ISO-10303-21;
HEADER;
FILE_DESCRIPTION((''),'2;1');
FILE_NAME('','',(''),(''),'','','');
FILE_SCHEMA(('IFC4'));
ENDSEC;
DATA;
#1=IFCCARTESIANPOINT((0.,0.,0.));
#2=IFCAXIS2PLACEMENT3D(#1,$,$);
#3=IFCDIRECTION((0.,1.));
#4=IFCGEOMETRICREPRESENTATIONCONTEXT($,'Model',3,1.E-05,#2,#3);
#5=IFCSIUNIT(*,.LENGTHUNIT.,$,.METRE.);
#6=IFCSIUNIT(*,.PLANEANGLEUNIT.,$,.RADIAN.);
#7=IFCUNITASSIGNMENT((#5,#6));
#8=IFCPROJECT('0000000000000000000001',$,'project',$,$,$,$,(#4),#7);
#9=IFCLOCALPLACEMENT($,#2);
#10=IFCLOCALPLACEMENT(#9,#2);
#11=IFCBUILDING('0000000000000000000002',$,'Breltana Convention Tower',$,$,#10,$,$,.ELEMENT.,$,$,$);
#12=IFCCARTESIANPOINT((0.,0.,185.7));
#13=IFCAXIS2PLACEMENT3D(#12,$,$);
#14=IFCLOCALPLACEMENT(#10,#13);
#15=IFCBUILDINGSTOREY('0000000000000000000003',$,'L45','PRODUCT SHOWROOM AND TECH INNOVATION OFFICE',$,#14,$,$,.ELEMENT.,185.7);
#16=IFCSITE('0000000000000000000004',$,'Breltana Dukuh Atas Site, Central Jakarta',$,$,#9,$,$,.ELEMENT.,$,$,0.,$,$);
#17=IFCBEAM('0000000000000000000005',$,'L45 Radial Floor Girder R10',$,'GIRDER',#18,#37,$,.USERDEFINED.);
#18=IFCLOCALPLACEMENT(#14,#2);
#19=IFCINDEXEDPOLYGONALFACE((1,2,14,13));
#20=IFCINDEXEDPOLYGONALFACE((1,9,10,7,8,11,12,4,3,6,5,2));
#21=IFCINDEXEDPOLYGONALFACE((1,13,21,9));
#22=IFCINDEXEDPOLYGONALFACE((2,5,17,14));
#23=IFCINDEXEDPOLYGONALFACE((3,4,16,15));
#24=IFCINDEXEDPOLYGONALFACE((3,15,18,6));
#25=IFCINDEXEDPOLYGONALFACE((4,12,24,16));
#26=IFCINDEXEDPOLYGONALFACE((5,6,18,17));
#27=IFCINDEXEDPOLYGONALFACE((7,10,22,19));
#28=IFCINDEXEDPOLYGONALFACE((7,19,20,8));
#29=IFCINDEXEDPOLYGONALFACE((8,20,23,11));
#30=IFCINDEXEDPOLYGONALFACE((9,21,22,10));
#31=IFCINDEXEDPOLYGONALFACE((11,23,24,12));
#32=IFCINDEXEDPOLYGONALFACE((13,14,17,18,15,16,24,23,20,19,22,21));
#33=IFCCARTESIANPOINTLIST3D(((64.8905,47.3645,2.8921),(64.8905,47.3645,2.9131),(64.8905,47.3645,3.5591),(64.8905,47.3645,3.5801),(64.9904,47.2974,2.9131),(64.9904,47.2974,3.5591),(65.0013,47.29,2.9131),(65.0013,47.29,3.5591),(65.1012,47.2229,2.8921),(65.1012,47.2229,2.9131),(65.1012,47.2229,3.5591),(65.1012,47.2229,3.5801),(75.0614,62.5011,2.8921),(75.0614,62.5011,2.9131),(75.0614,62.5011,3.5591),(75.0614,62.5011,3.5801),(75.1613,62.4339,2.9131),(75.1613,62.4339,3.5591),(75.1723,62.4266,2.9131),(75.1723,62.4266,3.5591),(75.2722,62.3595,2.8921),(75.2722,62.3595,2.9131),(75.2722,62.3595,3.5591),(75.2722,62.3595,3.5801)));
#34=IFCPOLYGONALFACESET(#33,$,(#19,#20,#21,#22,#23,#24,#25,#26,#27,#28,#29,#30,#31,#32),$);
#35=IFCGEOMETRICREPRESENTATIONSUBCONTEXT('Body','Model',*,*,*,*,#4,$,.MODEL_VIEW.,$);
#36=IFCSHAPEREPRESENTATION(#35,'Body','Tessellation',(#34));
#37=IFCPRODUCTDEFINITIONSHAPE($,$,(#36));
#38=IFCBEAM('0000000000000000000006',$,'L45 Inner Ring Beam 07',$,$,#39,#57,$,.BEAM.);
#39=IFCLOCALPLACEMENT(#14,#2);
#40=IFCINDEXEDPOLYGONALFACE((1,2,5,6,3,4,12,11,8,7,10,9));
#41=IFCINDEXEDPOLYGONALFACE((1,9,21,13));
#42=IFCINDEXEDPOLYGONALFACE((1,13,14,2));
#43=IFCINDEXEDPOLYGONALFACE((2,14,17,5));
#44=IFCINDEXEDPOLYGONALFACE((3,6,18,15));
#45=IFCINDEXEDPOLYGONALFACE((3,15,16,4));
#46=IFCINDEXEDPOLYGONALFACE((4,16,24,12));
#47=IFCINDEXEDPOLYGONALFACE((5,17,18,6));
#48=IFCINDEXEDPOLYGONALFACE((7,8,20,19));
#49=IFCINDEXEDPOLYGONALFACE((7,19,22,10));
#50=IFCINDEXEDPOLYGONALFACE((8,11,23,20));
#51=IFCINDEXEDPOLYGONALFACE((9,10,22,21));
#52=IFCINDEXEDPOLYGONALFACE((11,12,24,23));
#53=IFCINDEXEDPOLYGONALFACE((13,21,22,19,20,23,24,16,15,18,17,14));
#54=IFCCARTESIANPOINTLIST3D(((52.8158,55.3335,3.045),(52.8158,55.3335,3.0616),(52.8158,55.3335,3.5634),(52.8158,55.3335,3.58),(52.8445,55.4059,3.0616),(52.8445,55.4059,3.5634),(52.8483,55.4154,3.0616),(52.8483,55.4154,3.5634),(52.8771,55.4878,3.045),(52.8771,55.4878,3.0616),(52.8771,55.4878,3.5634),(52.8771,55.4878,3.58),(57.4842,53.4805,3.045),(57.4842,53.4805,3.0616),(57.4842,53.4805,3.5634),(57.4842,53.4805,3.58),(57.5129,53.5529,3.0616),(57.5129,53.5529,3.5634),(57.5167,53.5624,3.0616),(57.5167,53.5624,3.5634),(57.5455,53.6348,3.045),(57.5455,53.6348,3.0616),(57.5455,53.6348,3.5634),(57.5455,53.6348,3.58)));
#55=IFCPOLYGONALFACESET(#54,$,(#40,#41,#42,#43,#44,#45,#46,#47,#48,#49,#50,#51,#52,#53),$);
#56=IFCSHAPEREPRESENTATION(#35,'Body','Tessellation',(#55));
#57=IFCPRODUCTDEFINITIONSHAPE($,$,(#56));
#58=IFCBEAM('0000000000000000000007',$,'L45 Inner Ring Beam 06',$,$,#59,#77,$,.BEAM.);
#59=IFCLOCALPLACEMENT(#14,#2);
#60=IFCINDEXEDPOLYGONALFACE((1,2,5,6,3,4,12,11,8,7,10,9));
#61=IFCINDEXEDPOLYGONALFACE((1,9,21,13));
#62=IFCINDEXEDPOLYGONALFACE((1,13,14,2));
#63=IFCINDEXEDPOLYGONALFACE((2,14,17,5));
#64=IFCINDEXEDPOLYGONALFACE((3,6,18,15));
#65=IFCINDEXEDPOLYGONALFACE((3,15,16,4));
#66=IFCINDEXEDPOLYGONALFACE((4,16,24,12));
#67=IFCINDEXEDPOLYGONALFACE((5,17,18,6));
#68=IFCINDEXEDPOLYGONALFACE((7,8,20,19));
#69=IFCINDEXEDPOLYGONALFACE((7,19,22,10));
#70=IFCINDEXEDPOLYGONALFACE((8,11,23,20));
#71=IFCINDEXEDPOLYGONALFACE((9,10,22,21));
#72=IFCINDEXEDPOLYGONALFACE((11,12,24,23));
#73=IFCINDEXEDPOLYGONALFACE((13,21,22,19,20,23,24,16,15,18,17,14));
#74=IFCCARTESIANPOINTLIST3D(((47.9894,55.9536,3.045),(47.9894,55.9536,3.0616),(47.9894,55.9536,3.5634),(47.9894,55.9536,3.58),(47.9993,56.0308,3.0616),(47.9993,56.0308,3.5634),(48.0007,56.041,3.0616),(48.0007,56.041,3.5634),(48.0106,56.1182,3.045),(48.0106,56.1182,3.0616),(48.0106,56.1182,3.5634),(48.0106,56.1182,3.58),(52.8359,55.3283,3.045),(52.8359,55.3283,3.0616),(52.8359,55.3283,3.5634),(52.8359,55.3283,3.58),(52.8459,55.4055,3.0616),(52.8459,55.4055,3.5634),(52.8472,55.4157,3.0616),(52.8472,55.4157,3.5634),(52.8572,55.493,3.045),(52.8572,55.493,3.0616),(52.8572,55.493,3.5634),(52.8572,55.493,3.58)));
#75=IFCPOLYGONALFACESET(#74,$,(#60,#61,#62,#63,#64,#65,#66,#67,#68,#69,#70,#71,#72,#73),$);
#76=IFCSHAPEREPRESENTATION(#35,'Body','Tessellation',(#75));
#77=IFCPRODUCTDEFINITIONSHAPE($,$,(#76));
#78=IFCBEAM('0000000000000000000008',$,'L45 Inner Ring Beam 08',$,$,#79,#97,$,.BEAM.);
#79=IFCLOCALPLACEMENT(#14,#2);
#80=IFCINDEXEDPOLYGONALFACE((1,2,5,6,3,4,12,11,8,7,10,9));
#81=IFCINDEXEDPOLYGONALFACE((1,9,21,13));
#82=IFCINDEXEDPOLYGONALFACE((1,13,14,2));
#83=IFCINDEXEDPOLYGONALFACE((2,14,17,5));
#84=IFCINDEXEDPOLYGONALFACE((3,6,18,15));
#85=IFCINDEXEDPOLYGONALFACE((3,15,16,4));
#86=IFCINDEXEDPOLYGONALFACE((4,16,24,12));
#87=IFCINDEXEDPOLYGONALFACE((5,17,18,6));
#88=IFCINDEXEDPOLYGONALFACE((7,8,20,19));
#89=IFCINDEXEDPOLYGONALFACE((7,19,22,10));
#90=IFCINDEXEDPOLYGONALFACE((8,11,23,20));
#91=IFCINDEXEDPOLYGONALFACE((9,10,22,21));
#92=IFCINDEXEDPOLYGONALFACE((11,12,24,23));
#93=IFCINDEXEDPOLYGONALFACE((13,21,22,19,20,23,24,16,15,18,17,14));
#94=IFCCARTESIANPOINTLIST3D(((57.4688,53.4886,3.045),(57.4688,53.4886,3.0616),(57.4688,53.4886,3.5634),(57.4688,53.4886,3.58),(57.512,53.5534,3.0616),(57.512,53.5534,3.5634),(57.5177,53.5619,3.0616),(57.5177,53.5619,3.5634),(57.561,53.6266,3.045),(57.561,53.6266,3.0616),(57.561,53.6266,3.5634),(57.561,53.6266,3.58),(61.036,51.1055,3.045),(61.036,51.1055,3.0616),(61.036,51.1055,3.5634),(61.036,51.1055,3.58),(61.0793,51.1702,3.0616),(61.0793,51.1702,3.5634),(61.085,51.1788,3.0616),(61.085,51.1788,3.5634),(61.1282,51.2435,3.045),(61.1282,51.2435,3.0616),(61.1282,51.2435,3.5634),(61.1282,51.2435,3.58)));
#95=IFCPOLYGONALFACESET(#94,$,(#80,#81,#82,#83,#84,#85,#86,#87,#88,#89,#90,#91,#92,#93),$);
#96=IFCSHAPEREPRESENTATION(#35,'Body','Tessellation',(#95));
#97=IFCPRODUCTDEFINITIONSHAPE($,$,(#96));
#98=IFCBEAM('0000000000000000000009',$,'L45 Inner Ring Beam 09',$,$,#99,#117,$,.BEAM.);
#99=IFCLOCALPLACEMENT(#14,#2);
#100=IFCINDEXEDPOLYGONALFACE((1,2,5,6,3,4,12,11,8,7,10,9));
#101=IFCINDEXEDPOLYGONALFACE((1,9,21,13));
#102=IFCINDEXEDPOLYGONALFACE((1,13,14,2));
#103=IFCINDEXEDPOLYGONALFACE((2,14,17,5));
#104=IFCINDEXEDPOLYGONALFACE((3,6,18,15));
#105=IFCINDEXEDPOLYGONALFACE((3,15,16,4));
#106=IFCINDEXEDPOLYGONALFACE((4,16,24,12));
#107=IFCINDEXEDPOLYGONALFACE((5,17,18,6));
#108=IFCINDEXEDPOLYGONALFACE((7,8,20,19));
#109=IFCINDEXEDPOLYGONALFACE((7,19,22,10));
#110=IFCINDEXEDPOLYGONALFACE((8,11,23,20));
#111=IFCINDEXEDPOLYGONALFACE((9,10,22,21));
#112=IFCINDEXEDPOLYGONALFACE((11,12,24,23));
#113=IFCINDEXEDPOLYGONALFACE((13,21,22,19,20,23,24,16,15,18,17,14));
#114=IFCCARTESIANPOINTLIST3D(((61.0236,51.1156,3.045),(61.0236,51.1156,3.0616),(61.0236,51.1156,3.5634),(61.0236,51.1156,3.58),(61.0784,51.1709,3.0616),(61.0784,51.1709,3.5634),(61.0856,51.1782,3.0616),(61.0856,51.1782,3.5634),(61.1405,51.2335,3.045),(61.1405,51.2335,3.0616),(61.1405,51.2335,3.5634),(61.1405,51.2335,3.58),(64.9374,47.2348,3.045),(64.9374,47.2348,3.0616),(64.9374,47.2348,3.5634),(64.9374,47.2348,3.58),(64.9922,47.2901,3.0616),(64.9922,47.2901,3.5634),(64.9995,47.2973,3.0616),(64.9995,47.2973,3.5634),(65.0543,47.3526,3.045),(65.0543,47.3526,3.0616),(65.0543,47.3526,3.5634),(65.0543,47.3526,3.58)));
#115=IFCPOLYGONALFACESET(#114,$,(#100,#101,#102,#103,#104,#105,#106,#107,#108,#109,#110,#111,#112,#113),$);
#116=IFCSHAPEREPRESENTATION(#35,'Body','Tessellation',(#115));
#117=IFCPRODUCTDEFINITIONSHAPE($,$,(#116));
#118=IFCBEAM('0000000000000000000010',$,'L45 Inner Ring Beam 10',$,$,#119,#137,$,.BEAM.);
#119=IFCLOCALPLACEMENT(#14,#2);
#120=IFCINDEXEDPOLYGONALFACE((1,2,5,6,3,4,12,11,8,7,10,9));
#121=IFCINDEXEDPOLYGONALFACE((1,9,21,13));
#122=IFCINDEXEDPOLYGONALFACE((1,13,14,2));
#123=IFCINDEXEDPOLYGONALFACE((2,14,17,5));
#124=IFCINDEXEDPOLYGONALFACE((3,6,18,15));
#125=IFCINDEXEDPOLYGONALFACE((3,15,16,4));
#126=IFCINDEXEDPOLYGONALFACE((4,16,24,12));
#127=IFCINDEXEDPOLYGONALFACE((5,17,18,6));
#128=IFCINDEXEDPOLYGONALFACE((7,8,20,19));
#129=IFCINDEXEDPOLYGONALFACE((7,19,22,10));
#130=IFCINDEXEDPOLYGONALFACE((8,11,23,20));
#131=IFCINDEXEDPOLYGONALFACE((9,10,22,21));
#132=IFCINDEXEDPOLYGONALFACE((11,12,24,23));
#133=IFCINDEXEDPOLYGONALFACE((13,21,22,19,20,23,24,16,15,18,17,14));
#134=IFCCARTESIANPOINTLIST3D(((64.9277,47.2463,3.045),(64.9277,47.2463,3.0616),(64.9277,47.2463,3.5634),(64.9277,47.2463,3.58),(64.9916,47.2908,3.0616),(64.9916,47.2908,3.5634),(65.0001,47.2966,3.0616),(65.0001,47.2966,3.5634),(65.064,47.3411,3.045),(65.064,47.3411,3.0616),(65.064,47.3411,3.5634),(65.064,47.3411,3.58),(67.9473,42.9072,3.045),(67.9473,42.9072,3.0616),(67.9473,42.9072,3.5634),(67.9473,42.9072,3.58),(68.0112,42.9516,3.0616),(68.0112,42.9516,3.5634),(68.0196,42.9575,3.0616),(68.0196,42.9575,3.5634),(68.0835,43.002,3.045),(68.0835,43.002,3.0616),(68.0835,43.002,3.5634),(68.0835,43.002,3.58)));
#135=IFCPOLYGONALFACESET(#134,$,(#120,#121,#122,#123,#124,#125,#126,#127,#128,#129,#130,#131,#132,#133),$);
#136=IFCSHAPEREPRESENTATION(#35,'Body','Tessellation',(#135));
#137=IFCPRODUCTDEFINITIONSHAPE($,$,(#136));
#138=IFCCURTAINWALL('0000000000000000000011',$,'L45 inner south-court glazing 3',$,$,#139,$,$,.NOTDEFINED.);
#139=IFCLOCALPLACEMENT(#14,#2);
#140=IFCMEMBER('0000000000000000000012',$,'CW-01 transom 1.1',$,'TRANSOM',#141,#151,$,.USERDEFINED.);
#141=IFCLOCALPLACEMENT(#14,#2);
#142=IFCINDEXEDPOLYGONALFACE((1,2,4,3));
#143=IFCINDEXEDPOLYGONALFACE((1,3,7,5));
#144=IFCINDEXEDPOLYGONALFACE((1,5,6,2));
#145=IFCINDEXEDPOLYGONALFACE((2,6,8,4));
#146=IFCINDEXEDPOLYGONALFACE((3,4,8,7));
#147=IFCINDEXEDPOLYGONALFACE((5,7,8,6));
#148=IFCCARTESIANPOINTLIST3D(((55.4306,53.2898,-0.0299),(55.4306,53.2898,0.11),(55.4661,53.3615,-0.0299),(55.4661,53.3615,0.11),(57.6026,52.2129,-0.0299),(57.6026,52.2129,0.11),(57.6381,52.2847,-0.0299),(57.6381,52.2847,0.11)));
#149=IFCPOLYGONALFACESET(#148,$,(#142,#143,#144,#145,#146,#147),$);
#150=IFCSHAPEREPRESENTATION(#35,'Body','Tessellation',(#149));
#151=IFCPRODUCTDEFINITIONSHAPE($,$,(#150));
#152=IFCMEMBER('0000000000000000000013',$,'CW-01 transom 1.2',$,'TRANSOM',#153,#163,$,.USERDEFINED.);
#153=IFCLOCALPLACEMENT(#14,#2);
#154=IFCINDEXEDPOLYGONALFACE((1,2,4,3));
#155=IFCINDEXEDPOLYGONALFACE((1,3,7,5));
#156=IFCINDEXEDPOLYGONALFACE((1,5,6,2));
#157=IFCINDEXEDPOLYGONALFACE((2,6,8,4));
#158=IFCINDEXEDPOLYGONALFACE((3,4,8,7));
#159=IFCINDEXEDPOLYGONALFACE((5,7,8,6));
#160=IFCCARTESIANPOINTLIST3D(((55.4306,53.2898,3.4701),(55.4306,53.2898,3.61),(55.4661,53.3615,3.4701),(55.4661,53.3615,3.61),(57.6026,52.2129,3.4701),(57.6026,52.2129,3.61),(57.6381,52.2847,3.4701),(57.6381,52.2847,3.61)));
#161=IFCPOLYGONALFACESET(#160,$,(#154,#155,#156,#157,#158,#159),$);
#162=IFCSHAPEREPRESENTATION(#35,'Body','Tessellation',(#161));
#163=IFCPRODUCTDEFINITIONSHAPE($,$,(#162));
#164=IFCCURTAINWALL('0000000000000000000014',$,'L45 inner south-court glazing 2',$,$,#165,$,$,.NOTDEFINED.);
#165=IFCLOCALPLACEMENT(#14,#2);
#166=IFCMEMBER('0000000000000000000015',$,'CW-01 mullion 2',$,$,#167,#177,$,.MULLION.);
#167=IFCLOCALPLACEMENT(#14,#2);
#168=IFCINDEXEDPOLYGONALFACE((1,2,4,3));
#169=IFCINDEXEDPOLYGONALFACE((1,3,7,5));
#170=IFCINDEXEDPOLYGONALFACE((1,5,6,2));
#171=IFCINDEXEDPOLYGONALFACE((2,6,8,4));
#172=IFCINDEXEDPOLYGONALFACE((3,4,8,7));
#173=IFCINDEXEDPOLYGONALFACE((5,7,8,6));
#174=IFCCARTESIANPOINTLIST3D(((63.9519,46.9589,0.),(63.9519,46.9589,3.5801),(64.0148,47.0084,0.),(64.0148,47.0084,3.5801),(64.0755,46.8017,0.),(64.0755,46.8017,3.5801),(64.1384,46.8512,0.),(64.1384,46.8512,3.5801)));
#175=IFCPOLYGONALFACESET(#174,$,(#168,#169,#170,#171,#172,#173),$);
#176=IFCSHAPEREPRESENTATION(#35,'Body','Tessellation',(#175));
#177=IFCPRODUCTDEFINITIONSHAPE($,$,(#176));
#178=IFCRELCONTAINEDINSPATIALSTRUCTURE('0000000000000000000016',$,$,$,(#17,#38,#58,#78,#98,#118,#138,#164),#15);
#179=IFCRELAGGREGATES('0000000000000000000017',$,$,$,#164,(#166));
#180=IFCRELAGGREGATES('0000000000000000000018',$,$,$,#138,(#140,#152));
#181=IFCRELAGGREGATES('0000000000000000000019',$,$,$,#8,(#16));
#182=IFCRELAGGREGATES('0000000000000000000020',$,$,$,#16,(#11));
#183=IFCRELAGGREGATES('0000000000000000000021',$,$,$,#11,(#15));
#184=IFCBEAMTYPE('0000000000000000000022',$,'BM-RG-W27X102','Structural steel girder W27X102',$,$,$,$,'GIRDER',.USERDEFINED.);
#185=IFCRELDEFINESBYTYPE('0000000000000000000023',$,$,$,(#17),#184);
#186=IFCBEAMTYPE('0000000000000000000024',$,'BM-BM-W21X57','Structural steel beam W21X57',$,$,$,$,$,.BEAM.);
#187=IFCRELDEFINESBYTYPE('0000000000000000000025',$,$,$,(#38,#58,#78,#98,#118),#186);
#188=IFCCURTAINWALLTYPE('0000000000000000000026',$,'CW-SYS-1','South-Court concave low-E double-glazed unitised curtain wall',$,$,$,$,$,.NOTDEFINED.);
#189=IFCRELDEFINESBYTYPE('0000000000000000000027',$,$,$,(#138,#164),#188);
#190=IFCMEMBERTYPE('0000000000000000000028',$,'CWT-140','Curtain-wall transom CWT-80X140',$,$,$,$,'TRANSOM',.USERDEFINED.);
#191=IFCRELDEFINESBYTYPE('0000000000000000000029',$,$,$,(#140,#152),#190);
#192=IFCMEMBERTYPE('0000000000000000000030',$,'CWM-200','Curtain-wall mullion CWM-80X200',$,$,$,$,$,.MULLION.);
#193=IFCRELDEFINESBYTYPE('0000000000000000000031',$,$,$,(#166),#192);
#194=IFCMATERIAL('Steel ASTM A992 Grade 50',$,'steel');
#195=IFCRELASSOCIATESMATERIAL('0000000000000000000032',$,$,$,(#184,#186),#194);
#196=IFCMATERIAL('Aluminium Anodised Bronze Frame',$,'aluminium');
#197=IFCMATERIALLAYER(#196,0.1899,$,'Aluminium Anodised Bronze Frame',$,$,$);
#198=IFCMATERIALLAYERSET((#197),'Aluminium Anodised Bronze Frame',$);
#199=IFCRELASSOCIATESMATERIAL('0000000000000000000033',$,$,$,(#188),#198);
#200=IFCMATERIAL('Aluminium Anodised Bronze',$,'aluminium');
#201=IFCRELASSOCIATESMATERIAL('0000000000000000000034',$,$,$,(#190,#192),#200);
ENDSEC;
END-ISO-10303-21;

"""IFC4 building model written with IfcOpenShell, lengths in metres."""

from ifc_helpers import new_model, si_unit, direction, frame, origin, origin_2d, place, context, subcontext, project, spatial, rectangle, i_section, extrude, source, transform, mapped, material, layer, layer_set, material_profile, profile_set, type_object, element, aggregate, save


model = new_model("IFC4")

# Units and contexts
model_context = context("Model", 3, precision=1e-05, world=origin(), true_north=direction((0.0, 1.0)))
body_context = subcontext(model_context, "Body", "Model", "MODEL_VIEW")
ifc_project = project(units=[si_unit("LENGTHUNIT", "METRE"), si_unit("PLANEANGLEUNIT", "RADIAN")], contexts=[model_context])

# Site, building, storey
site_placement = place(None, origin())
site = spatial("IfcSite", under=ifc_project, at=site_placement, Name="Breltana Dukuh Atas Site, Central Jakarta", CompositionType="ELEMENT", RefElevation=0.0)
building_placement = place(site_placement, origin())
building = spatial("IfcBuilding", under=site, at=building_placement, Name="Breltana Convention Tower", CompositionType="ELEMENT")
storey_placement = place(building_placement, frame((0.0, 0.0, 185.7)))
storey = spatial("IfcBuildingStorey", under=building, at=storey_placement, Name="L45", Description="PRODUCT SHOWROOM AND TECH INNOVATION OFFICE", CompositionType="ELEMENT", Elevation=185.7)

# Beams
ifc_material_1 = material(Name="Steel ASTM A992 Grade 50", Category="steel")
ifc_material_profile_1 = material_profile(ifc_material_1, i_section(OverallWidth=0.2539, OverallDepth=0.688, WebThickness=0.0132, FlangeThickness=0.021, at=origin_2d()), Name="W27X102")
ifc_profile_set_1 = profile_set([ifc_material_profile_1], Name="Steel ASTM A992 Grade 50")
beam_type_1 = type_object("IfcBeamType", Name="BM-RG-W27X102", Description="Structural steel girder W27X102", ElementType="GIRDER", PredefinedType="USERDEFINED", material=ifc_profile_set_1)
shared_shape_1 = source(origin(), body_context, "Body", "SweptSolid", [
    extrude(i_section(OverallWidth=0.2539, OverallDepth=0.688, WebThickness=0.0132, FlangeThickness=0.021, at=origin_2d()), origin(), (0.0, 0.0, 1.0), 18.2363),
])
beam_1_placement = place(storey_placement, frame((64.9958, 47.2937, 3.2361), z_axis=(0.55773, 0.830022, 0.0), x_axis=(-0.830022, 0.55773, 0.0)))
element("IfcBeam", 1, at=beam_1_placement, inside=storey, type_object=beam_type_1, Name="L45 Radial Floor Girder R10", ObjectType="GIRDER", PredefinedType="USERDEFINED", context=body_context, shape_type="MappedRepresentation", body=[
    mapped(shared_shape_1, transform((0.0, 0.0, 0.0), scale=1.0)),
])
ifc_material_profile_2 = material_profile(ifc_material_1, i_section(OverallWidth=0.166, OverallDepth=0.5349, WebThickness=0.0103, FlangeThickness=0.0166, at=origin_2d()), Name="W21X57")
ifc_profile_set_2 = profile_set([ifc_material_profile_2], Name="Steel ASTM A992 Grade 50")
beam_type_2 = type_object("IfcBeamType", Name="BM-BM-W21X57", Description="Structural steel beam W21X57", PredefinedType="BEAM", material=ifc_profile_set_2)
shared_shape_2 = source(origin(), body_context, "Body", "SweptSolid", [
    extrude(i_section(OverallWidth=0.166, OverallDepth=0.5349, WebThickness=0.0103, FlangeThickness=0.0166, at=origin_2d()), origin(), (0.0, 0.0, 1.0), 5.0227),
])
beam_2_placement = place(storey_placement, frame((52.8464, 55.4106, 3.3125), z_axis=(0.929459, -0.368926, 0.0), x_axis=(0.368926, 0.929459, 0.0)))
element("IfcBeam", 2, at=beam_2_placement, inside=storey, type_object=beam_type_2, Name="L45 Inner Ring Beam 07", PredefinedType="BEAM", context=body_context, shape_type="MappedRepresentation", body=[
    mapped(shared_shape_2, transform((0.0, 0.0, 0.0), scale=1.0)),
])
shared_shape_3 = source(origin(), body_context, "Body", "SweptSolid", [
    extrude(i_section(OverallWidth=0.166, OverallDepth=0.5349, WebThickness=0.0103, FlangeThickness=0.0166, at=origin_2d()), origin(), (0.0, 0.0, 1.0), 4.8867),
])
beam_3_placement = place(storey_placement, frame((48.0, 56.0359, 3.3125), z_axis=(0.991781, -0.127951, 0.0), x_axis=(0.127951, 0.991781, 0.0)))
element("IfcBeam", 3, at=beam_3_placement, inside=storey, type_object=beam_type_2, Name="L45 Inner Ring Beam 06", PredefinedType="BEAM", context=body_context, shape_type="MappedRepresentation", body=[
    mapped(shared_shape_3, transform((0.0, 0.0, 0.0), scale=1.0)),
])
shared_shape_4 = source(origin(), body_context, "Body", "SweptSolid", [
    extrude(i_section(OverallWidth=0.166, OverallDepth=0.5349, WebThickness=0.0103, FlangeThickness=0.0166, at=origin_2d()), origin(), (0.0, 0.0, 1.0), 4.29),
])
beam_4_placement = place(storey_placement, frame((57.5149, 53.5576, 3.3125), z_axis=(0.831516, -0.555501, 0.0), x_axis=(0.555501, 0.831516, 0.0)))
element("IfcBeam", 4, at=beam_4_placement, inside=storey, type_object=beam_type_2, Name="L45 Inner Ring Beam 08", PredefinedType="BEAM", context=body_context, shape_type="MappedRepresentation", body=[
    mapped(shared_shape_4, transform((0.0, 0.0, 0.0), scale=1.0)),
])
shared_shape_5 = source(origin(), body_context, "Body", "SweptSolid", [
    extrude(i_section(OverallWidth=0.166, OverallDepth=0.5349, WebThickness=0.0103, FlangeThickness=0.0166, at=origin_2d()), origin(), (0.0, 0.0, 1.0), 5.5117),
])
beam_5_placement = place(storey_placement, frame((61.082, 51.1746, 3.3125), z_axis=(0.71009, -0.704111, 0.0), x_axis=(0.704111, 0.71009, 0.0)))
element("IfcBeam", 5, at=beam_5_placement, inside=storey, type_object=beam_type_2, Name="L45 Inner Ring Beam 09", PredefinedType="BEAM", context=body_context, shape_type="MappedRepresentation", body=[
    mapped(shared_shape_5, transform((0.0, 0.0, 0.0), scale=1.0)),
])
shared_shape_6 = source(origin(), body_context, "Body", "SweptSolid", [
    extrude(i_section(OverallWidth=0.166, OverallDepth=0.5349, WebThickness=0.0103, FlangeThickness=0.0166, at=origin_2d()), origin(), (0.0, 0.0, 1.0), 5.2864),
])
beam_6_placement = place(storey_placement, frame((64.9958, 47.2937, 3.3125), z_axis=(0.571194, -0.820815, 0.0), x_axis=(0.820815, 0.571194, 0.0)))
element("IfcBeam", 6, at=beam_6_placement, inside=storey, type_object=beam_type_2, Name="L45 Inner Ring Beam 10", PredefinedType="BEAM", context=body_context, shape_type="MappedRepresentation", body=[
    mapped(shared_shape_6, transform((0.0, 0.0, 0.0), scale=1.0)),
])

# Curtain wall, members
ifc_material_2 = material(Name="Aluminium Anodised Bronze Frame", Category="aluminium")
ifc_layer_1 = layer(ifc_material_2, 0.1899, Name="Aluminium Anodised Bronze Frame")
ifc_layer_set_1 = layer_set([ifc_layer_1], Name="Aluminium Anodised Bronze Frame")
curtain_wall_type = type_object("IfcCurtainWallType", Name="CW-SYS-1", Description="South-Court concave low-E double-glazed unitised curtain wall", PredefinedType="NOTDEFINED", material=ifc_layer_set_1)
curtain_wall_1_placement = place(storey_placement, origin())
curtain_wall_1 = element("IfcCurtainWall", 7, at=curtain_wall_1_placement, inside=storey, type_object=curtain_wall_type, Name="L45 inner south-court glazing 3", PredefinedType="NOTDEFINED")
ifc_material_3 = material(Name="Aluminium Anodised Bronze", Category="aluminium")
ifc_material_profile_3 = material_profile(ifc_material_3, rectangle(XDim=0.0801, YDim=0.1399, at=origin_2d()), Name="CWT-80X140")
ifc_profile_set_3 = profile_set([ifc_material_profile_3], Name="Aluminium Anodised Bronze")
member_type_1 = type_object("IfcMemberType", Name="CWT-140", Description="Curtain-wall transom CWT-80X140", ElementType="TRANSOM", PredefinedType="USERDEFINED", material=ifc_profile_set_3)
shared_shape_7 = source(origin(), body_context, "Body", "SweptSolid", [
    extrude(rectangle(XDim=0.0801, YDim=0.1399, at=origin_2d()), origin(), (0.0, 0.0, 1.0), 2.4243),
])
member_1_placement = place(storey_placement, frame((57.6204, 52.2488, 0.04), z_axis=(-0.895933, 0.44419, 0.0), x_axis=(-0.44419, -0.895933, 0.0)))
member_1 = element("IfcMember", 8, at=member_1_placement, type_object=member_type_1, Name="CW-01 transom 1.1", ObjectType="TRANSOM", PredefinedType="USERDEFINED", context=body_context, shape_type="MappedRepresentation", body=[
    mapped(shared_shape_7, transform((0.0, 0.0, 0.0), scale=1.0)),
])
member_2_placement = place(storey_placement, frame((57.6204, 52.2488, 3.54), z_axis=(-0.895933, 0.44419, 0.0), x_axis=(-0.44419, -0.895933, 0.0)))
member_2 = element("IfcMember", 9, at=member_2_placement, type_object=member_type_1, Name="CW-01 transom 1.2", ObjectType="TRANSOM", PredefinedType="USERDEFINED", context=body_context, shape_type="MappedRepresentation", body=[
    mapped(shared_shape_7, transform((0.0, 0.0, 0.0), scale=1.0)),
])

# Curtain wall, member
curtain_wall_2_placement = place(storey_placement, origin())
curtain_wall_2 = element("IfcCurtainWall", 10, at=curtain_wall_2_placement, inside=storey, type_object=curtain_wall_type, Name="L45 inner south-court glazing 2", PredefinedType="NOTDEFINED")
ifc_material_profile_4 = material_profile(ifc_material_3, rectangle(XDim=0.0801, YDim=0.2, at=origin_2d()), Name="CWM-80X200")
ifc_profile_set_4 = profile_set([ifc_material_profile_4], Name="Aluminium Anodised Bronze")
member_type_2 = type_object("IfcMemberType", Name="CWM-200", Description="Curtain-wall mullion CWM-80X200", PredefinedType="MULLION", material=ifc_profile_set_4)
shared_shape_8 = source(origin(), body_context, "Body", "SweptSolid", [
    extrude(rectangle(XDim=0.0801, YDim=0.2, at=origin_2d()), origin(), (0.0, 0.0, 1.0), 3.5801),
])
member_3_placement = place(storey_placement, frame((64.0452, 46.905, 0.0), z_axis=(0.0, 0.0, 1.0), x_axis=(-0.786051, -0.618161, 0.0)))
member_3 = element("IfcMember", 11, at=member_3_placement, type_object=member_type_2, Name="CW-01 mullion 2", PredefinedType="MULLION", context=body_context, shape_type="MappedRepresentation", body=[
    mapped(shared_shape_8, transform((0.0, 0.0, 0.0), scale=1.0)),
])

aggregate(curtain_wall_2, [member_3])
aggregate(curtain_wall_1, [member_1, member_2])

save(model, "model.ifc")
